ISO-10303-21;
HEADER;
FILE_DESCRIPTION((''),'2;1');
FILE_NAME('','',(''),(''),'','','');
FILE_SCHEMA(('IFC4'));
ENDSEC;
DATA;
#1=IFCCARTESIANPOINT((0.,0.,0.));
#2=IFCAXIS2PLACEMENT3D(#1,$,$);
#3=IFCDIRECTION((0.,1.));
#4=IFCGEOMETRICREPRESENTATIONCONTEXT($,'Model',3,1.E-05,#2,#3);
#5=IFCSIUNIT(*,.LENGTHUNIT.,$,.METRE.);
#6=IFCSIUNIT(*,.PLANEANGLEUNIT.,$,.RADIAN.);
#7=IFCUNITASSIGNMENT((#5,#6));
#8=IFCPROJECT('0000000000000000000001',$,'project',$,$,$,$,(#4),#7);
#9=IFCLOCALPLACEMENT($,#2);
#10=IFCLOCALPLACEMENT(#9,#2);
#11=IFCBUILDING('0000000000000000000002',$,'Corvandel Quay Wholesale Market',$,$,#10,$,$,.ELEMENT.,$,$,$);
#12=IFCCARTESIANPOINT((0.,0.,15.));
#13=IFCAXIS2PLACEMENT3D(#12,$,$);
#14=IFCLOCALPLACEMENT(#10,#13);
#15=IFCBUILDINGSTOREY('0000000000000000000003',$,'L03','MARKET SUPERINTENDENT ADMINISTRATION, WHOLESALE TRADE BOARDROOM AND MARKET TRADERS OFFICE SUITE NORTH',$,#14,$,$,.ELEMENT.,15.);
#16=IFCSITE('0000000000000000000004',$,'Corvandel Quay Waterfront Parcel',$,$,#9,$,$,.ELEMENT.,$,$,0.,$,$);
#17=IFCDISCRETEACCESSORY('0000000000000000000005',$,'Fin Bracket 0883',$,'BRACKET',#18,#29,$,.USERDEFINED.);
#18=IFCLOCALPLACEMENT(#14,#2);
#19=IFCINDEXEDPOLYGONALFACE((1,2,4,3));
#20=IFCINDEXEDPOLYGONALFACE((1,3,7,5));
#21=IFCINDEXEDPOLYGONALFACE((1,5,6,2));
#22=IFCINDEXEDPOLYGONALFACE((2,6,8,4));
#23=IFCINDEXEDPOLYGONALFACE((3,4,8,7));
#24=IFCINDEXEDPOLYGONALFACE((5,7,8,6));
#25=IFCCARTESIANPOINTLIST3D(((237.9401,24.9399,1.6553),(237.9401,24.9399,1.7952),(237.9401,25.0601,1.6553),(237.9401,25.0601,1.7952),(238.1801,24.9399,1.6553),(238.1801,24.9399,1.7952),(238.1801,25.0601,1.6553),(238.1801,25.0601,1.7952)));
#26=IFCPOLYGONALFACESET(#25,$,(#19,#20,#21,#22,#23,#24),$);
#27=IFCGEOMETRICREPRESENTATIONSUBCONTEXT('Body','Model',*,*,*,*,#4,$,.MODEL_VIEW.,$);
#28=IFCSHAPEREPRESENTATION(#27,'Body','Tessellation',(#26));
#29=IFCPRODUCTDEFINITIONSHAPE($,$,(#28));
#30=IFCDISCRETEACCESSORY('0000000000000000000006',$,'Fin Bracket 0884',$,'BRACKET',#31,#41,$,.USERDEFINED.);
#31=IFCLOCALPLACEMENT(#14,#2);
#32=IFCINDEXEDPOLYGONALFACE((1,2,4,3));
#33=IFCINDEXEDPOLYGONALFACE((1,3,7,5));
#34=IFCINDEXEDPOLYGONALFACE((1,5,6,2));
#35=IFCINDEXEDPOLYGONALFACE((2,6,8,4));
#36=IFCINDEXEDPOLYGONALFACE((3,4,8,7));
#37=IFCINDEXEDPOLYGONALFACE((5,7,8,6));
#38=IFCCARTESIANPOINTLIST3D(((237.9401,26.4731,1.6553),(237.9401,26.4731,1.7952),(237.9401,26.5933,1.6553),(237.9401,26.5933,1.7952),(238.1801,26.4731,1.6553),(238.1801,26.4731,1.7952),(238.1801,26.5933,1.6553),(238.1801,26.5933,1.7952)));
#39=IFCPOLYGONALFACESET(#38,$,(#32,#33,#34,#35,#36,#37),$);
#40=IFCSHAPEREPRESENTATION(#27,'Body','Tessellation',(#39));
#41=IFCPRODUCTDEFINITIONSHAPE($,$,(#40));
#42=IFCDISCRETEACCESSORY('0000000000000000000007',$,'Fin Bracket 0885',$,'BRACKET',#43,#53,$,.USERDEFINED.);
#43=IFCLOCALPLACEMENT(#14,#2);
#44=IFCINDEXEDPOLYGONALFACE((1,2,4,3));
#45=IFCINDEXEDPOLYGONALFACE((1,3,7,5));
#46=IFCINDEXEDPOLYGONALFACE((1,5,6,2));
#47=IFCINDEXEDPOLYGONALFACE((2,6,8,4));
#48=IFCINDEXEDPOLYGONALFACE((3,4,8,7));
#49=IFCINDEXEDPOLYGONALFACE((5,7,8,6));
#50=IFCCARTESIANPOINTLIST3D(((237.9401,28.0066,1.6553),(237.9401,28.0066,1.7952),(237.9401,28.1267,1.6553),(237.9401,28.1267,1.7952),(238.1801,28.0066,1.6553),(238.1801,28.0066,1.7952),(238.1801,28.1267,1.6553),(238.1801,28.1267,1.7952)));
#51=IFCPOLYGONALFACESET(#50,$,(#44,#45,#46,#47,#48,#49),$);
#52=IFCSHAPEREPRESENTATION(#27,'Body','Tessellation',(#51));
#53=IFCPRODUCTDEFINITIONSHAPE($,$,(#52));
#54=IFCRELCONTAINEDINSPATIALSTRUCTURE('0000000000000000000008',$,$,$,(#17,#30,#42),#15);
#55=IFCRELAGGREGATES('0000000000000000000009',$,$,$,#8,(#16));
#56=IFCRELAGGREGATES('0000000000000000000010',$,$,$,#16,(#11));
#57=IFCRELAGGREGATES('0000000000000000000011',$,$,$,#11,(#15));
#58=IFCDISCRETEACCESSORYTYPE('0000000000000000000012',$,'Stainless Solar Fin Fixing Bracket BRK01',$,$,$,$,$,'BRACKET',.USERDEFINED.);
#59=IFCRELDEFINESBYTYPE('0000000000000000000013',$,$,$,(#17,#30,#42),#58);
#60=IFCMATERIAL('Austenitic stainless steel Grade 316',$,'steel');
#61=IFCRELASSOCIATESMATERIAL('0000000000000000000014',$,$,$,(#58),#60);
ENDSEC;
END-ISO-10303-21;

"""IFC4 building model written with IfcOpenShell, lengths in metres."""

from ifc_helpers import new_model, si_unit, direction, frame, origin, origin_2d, place, context, subcontext, project, spatial, rectangle, extrude, material, type_object, element, save


model = new_model("IFC4")

# Units and contexts
model_context = context("Model", 3, precision=1e-05, world=origin(), true_north=direction((0.0, 1.0)))
body_context = subcontext(model_context, "Body", "Model", "MODEL_VIEW")
ifc_project = project(units=[si_unit("LENGTHUNIT", "METRE"), si_unit("PLANEANGLEUNIT", "RADIAN")], contexts=[model_context])

# Site, building, storey
site_placement = place(None, origin())
site = spatial("IfcSite", under=ifc_project, at=site_placement, Name="Corvandel Quay Waterfront Parcel", CompositionType="ELEMENT", RefElevation=0.0)
building_placement = place(site_placement, origin())
building = spatial("IfcBuilding", under=site, at=building_placement, Name="Corvandel Quay Wholesale Market", CompositionType="ELEMENT")
storey_placement = place(building_placement, frame((0.0, 0.0, 15.0)))
storey = spatial("IfcBuildingStorey", under=building, at=storey_placement, Name="L03", Description="MARKET SUPERINTENDENT ADMINISTRATION, WHOLESALE TRADE BOARDROOM AND MARKET TRADERS OFFICE SUITE NORTH", CompositionType="ELEMENT", Elevation=15.0)

# Discrete accessories
ifc_material_1 = material(Name="Austenitic stainless steel Grade 316", Category="steel")
discrete_accessory_type = type_object("IfcDiscreteAccessoryType", Name="Stainless Solar Fin Fixing Bracket BRK01", ElementType="BRACKET", PredefinedType="USERDEFINED", material=ifc_material_1)
for number, where, z_axis, x_axis, name in (
    (1, (238.0601, 25.0, 1.6553), (0.0, 0.0, 1.0), (1.0, 0.0, 0.0), "Fin Bracket 0883"),
    (2, (238.0601, 26.5332, 1.6553), (0.0, 0.0, 1.0), (1.0, 0.0, 0.0), "Fin Bracket 0884"),
    (3, (238.0601, 28.0667, 1.6553), (0.0, 0.0, 1.0), (1.0, 0.0, 0.0), "Fin Bracket 0885"),
):
    element("IfcDiscreteAccessory", number, at=place(storey_placement, frame(where, z_axis=z_axis, x_axis=x_axis)), inside=storey, type_object=discrete_accessory_type, Name=name, ObjectType="BRACKET", PredefinedType="USERDEFINED", context=body_context, shape_type="SweptSolid", body=[
        extrude(rectangle(XDim=0.24, YDim=0.1201, at=origin_2d()), origin(), (0.0, 0.0, 1.0), 0.1399),
    ])

save(model, "model.ifc")
